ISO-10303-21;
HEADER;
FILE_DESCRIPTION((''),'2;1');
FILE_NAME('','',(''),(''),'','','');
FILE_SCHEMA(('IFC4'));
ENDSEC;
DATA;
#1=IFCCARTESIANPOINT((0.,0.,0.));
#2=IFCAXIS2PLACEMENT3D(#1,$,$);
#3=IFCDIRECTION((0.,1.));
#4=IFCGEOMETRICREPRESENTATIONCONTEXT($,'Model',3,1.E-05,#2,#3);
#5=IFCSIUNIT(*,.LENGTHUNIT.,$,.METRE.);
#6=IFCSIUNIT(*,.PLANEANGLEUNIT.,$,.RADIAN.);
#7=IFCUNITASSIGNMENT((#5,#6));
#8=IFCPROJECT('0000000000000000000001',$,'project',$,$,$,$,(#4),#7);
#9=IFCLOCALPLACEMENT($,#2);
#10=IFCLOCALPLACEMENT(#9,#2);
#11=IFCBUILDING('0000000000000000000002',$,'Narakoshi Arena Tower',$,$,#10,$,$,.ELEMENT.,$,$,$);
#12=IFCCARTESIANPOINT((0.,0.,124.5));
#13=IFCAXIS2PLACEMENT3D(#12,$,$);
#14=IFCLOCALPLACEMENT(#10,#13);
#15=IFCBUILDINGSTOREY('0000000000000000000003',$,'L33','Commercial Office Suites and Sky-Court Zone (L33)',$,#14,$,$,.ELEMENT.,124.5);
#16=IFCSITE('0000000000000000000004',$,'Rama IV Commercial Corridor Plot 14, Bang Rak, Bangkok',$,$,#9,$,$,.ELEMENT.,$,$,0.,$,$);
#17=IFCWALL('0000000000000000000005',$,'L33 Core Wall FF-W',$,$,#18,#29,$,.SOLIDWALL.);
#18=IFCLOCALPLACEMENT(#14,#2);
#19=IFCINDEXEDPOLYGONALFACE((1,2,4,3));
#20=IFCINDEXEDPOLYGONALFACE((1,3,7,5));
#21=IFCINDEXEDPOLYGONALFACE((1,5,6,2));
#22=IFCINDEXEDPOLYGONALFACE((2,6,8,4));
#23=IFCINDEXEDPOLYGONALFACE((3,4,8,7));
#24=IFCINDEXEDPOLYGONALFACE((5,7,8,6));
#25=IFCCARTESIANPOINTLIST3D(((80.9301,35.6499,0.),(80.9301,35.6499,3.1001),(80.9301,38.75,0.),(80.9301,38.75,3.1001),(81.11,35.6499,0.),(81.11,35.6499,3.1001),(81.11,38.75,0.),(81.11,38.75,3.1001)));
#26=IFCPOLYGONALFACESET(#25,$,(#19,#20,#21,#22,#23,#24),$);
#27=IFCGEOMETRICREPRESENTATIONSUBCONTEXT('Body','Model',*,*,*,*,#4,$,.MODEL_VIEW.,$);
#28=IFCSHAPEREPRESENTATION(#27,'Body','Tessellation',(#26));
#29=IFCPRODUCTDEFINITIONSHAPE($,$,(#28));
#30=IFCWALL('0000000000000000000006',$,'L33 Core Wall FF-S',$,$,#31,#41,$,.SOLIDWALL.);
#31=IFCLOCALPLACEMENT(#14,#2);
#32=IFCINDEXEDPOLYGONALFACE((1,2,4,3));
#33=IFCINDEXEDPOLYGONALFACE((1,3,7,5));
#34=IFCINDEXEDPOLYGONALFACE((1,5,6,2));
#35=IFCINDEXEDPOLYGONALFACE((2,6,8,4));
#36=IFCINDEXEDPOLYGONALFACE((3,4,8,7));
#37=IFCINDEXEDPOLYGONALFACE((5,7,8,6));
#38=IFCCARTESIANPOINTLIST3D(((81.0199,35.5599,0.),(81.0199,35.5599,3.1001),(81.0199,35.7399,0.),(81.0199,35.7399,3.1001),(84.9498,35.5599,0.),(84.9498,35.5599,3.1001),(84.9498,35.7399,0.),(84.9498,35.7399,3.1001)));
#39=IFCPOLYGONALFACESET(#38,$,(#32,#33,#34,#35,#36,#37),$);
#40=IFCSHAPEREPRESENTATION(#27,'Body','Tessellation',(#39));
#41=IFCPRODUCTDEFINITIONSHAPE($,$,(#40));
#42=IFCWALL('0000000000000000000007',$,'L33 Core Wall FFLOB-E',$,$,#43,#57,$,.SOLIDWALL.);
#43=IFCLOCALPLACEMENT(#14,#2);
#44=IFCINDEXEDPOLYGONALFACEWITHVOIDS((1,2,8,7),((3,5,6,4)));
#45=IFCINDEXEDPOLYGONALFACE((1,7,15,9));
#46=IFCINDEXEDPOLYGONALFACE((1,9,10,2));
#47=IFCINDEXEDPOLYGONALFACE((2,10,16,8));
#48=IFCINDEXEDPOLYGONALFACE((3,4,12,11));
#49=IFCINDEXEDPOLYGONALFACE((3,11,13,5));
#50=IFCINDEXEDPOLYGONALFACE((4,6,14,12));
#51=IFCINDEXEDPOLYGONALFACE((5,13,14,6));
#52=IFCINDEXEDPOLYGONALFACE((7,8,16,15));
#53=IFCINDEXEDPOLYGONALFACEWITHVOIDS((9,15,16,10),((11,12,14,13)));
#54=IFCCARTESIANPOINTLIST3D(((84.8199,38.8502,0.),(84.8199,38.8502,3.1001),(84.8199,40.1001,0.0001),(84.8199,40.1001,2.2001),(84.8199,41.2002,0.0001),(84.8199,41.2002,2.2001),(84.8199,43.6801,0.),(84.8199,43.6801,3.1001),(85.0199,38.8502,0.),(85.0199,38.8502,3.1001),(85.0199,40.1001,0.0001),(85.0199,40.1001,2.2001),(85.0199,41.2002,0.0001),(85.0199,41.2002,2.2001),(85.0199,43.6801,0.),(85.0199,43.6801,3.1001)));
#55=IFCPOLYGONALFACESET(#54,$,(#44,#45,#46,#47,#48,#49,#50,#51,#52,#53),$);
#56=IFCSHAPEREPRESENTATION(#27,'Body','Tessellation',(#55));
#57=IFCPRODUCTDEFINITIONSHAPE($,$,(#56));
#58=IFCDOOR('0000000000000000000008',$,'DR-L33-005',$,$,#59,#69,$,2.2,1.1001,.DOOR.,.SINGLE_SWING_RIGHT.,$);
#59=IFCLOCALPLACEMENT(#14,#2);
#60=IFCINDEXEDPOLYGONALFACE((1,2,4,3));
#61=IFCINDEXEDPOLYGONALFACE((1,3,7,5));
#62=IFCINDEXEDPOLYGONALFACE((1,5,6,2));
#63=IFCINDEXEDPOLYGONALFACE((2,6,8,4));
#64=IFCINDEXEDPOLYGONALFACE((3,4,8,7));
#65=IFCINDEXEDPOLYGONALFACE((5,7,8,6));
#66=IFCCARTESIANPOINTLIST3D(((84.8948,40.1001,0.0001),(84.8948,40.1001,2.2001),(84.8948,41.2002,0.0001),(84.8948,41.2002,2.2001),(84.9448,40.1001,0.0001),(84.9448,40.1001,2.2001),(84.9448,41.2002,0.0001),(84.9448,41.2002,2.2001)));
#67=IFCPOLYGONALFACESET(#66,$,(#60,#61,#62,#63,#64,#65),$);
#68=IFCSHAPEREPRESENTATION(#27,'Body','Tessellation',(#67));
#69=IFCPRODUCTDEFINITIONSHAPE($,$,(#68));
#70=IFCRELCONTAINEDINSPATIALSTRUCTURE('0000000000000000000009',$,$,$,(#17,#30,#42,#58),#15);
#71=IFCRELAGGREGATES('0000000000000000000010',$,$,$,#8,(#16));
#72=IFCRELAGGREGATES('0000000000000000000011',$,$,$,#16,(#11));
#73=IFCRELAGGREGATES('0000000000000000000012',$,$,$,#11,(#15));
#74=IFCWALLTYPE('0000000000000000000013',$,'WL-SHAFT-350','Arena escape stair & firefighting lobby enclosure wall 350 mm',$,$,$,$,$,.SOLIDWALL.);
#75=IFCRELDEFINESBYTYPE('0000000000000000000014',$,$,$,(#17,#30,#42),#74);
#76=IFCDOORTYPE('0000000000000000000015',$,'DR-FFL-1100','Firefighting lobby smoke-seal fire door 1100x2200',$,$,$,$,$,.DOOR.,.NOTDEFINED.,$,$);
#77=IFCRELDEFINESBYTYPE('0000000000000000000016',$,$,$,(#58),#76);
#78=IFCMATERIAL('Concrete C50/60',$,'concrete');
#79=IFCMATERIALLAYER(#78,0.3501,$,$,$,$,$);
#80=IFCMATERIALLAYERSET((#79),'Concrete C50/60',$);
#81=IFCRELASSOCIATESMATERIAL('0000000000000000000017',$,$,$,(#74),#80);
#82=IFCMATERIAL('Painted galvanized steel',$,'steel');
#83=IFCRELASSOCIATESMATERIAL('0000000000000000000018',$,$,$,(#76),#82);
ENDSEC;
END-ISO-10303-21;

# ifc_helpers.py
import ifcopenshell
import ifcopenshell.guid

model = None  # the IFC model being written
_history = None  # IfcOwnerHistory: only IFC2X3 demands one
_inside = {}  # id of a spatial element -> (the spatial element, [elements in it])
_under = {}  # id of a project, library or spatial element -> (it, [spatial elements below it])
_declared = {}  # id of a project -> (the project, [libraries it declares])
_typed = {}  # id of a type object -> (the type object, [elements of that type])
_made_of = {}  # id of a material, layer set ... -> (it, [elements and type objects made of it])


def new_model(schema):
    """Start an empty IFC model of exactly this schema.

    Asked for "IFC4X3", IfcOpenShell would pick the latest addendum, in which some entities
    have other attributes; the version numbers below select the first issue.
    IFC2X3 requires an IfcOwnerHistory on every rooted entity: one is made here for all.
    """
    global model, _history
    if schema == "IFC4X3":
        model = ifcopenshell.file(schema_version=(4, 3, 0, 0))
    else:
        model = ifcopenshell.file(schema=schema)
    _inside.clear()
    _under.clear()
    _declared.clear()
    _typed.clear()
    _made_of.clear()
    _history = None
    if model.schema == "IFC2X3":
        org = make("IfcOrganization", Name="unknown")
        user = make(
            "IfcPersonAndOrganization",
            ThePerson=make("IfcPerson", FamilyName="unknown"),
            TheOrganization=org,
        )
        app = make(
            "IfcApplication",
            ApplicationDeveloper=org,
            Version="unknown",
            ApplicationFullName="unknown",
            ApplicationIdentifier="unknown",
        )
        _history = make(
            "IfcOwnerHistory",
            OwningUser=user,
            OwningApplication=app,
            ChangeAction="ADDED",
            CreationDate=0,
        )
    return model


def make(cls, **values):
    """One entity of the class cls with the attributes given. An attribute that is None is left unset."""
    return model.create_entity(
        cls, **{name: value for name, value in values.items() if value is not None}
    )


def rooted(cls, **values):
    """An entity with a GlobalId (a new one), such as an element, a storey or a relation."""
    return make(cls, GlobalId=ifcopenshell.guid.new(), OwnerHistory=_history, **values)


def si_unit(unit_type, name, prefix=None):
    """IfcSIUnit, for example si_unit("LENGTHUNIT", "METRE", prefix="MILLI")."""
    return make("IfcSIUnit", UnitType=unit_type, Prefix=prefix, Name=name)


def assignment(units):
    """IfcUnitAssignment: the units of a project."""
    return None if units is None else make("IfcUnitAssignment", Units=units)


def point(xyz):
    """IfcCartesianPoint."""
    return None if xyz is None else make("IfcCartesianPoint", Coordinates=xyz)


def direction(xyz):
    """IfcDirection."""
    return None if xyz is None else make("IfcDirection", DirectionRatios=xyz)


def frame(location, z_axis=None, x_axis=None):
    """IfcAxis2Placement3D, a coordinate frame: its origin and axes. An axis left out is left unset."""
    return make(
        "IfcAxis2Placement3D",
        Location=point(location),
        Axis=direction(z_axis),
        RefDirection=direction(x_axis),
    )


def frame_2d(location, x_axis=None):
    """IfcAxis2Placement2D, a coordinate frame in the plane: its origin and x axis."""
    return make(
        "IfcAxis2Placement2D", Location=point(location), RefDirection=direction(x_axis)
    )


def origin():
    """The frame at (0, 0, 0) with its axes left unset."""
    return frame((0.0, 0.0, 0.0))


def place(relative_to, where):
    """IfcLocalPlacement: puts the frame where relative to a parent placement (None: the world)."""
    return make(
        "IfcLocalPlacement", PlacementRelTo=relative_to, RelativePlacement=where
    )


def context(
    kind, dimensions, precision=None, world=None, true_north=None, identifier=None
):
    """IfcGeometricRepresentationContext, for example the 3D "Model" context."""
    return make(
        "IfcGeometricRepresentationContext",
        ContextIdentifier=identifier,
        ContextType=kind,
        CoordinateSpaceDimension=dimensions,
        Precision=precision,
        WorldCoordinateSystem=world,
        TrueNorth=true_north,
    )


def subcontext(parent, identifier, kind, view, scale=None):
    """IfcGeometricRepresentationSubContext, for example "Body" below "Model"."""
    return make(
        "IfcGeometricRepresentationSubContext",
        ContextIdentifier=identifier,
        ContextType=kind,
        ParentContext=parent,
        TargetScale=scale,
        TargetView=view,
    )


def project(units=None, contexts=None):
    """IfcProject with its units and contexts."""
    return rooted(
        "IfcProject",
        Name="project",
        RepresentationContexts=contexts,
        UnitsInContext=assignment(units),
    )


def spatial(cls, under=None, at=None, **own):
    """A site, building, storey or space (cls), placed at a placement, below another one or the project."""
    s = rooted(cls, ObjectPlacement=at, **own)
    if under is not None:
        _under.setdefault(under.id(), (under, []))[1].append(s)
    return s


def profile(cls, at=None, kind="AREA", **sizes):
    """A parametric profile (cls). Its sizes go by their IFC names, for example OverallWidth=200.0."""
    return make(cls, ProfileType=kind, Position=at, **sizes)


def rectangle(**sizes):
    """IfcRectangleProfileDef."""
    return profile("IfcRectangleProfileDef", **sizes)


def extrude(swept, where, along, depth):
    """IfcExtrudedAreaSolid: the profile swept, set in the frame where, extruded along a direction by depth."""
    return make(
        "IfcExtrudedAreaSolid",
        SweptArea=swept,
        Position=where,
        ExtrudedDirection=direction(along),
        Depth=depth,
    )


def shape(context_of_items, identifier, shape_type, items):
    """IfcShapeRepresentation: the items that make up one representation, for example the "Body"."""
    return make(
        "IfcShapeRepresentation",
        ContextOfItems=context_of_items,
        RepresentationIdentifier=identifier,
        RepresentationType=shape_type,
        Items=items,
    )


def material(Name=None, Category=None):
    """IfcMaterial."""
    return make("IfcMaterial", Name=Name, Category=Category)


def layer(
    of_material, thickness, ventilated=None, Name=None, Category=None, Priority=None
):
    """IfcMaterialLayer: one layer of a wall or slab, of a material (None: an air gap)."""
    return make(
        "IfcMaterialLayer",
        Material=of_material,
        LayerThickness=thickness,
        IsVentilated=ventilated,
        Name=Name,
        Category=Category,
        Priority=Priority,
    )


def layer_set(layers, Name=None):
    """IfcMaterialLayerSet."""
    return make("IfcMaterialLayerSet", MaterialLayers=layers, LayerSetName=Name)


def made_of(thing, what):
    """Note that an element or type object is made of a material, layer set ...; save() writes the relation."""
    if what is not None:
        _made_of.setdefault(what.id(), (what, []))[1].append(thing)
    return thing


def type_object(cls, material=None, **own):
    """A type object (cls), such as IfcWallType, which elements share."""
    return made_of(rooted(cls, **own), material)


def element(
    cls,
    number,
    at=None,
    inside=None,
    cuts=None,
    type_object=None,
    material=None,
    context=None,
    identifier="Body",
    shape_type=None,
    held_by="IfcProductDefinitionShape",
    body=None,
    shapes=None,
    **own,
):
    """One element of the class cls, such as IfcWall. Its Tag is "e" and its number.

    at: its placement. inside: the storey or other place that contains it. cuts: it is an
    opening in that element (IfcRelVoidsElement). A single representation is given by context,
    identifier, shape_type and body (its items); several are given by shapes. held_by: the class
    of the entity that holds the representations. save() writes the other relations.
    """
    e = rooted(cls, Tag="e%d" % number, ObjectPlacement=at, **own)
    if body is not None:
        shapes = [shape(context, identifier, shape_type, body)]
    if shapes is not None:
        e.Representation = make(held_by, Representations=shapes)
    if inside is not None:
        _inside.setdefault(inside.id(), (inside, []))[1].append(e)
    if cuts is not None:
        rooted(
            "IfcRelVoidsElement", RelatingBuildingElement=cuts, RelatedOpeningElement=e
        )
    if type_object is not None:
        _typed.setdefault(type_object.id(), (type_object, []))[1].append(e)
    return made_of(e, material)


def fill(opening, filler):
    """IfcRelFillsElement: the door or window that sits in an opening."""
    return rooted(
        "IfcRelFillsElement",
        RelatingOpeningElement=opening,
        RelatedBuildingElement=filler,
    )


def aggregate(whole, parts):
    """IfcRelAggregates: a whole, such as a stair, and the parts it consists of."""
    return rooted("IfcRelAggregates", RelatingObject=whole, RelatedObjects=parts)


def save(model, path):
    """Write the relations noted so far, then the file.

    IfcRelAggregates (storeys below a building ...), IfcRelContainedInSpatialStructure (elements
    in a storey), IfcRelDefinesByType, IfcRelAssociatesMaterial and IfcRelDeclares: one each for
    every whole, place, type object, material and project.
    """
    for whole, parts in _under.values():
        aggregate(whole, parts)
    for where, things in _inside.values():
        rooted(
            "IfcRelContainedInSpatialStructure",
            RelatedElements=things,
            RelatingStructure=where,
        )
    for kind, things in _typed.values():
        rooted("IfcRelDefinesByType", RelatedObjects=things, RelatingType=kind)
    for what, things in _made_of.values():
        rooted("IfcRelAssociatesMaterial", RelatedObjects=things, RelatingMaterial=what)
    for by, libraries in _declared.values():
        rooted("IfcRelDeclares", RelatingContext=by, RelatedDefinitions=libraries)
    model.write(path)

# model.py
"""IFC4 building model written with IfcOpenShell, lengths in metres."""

from ifc_helpers import new_model, si_unit, direction, frame, frame_2d, origin, place, context, subcontext, project, spatial, rectangle, extrude, material, layer, layer_set, type_object, element, fill, save


model = new_model("IFC4")

# Units and contexts
model_context = context("Model", 3, precision=1e-05, world=origin(), true_north=direction((0.0, 1.0)))
body_context = subcontext(model_context, "Body", "Model", "MODEL_VIEW")
ifc_project = project(units=[si_unit("LENGTHUNIT", "METRE"), si_unit("PLANEANGLEUNIT", "RADIAN")], contexts=[model_context])

# Site, building, storey
site_placement = place(None, origin())
site = spatial("IfcSite", under=ifc_project, at=site_placement, Name="Rama IV Commercial Corridor Plot 14, Bang Rak, Bangkok", CompositionType="ELEMENT", RefElevation=0.0)
building_placement = place(site_placement, origin())
building = spatial("IfcBuilding", under=site, at=building_placement, Name="Narakoshi Arena Tower", CompositionType="ELEMENT")
storey_placement = place(building_placement, frame((0.0, 0.0, 124.5)))
storey = spatial("IfcBuildingStorey", under=building, at=storey_placement, Name="L33", Description="Commercial Office Suites and Sky-Court Zone (L33)", CompositionType="ELEMENT", Elevation=124.5)

# Shared definitions
ifc_material_1 = material(Name="Concrete C50/60", Category="concrete")
ifc_layer_1 = layer(ifc_material_1, 0.3501)
ifc_layer_set_1 = layer_set([ifc_layer_1], Name="Concrete C50/60")
wall_type_1 = type_object("IfcWallType", Name="WL-SHAFT-350", Description="Arena escape stair & firefighting lobby enclosure wall 350 mm", PredefinedType="SOLIDWALL", material=ifc_layer_set_1)

# Walls
for number, where, z_axis, x_axis, name in (
    (1, (81.02, 35.6499, 0.0), (0.0, 0.0, 1.0), (0.0, 1.0, 0.0), "L33 Core Wall FF-W"),
):
    element("IfcWall", number, at=place(storey_placement, frame(where, z_axis=z_axis, x_axis=x_axis)), inside=storey, type_object=wall_type_1, Name=name, PredefinedType="SOLIDWALL", context=body_context, shape_type="SweptSolid", body=[
        extrude(rectangle(XDim=3.1001, YDim=0.1799, at=frame_2d((1.55, 0.0))), origin(), (0.0, 0.0, 1.0), 3.1001),
    ])
wall_1_placement = place(storey_placement, frame((81.02, 35.6499, 0.0), z_axis=(0.0, 0.0, 1.0), x_axis=(1.0, 0.0, 0.0)))
element("IfcWall", 2, at=wall_1_placement, inside=storey, type_object=wall_type_1, Name="L33 Core Wall FF-S", PredefinedType="SOLIDWALL", context=body_context, shape_type="SweptSolid", body=[
    extrude(rectangle(XDim=3.9299, YDim=0.1799, at=frame_2d((1.9648, 0.0))), origin(), (0.0, 0.0, 1.0), 3.1001),
])

# Wall, opening, door
wall_2_placement = place(storey_placement, frame((84.9199, 38.8501, 0.0), z_axis=(0.0, 0.0, 1.0), x_axis=(0.0, 1.0, 0.0)))
wall_2 = element("IfcWall", 3, at=wall_2_placement, inside=storey, type_object=wall_type_1, Name="L33 Core Wall FFLOB-E", PredefinedType="SOLIDWALL", context=body_context, shape_type="SweptSolid", body=[
    extrude(rectangle(XDim=4.8298, YDim=0.2, at=frame_2d((2.415, 0.0))), origin(), (0.0, 0.0, 1.0), 3.1001),
])
opening_1_placement = place(wall_2_placement, frame((1.25, 0.0, 0.0)))
opening_1 = element("IfcOpeningElement", 4, at=opening_1_placement, cuts=wall_2, PredefinedType="OPENING", context=body_context, shape_type="SweptSolid", body=[
    extrude(rectangle(XDim=1.1001, YDim=2.2, at=frame_2d((0.55, 1.1001))), frame((0.0, 0.1099, 0.0), z_axis=(0.0, -1.0, 0.0), x_axis=(1.0, 0.0, 0.0)), (0.0, 0.0, 1.0), 0.22),
])
ifc_material_2 = material(Name="Painted galvanized steel", Category="steel")
door_type_1 = type_object("IfcDoorType", Name="DR-FFL-1100", Description="Firefighting lobby smoke-seal fire door 1100x2200", OperationType="NOTDEFINED", PredefinedType="DOOR", material=ifc_material_2)
door_1_placement = place(opening_1_placement, frame((1.1001, 0.0, 0.0), z_axis=(0.0, 0.0, 1.0), x_axis=(-1.0, 0.0, 0.0)))
door_1 = element("IfcDoor", 5, at=door_1_placement, inside=storey, type_object=door_type_1, Name="DR-L33-005", OperationType="SINGLE_SWING_RIGHT", OverallHeight=2.2, OverallWidth=1.1001, PredefinedType="DOOR", context=body_context, shape_type="SweptSolid", body=[
    extrude(rectangle(XDim=1.1001, YDim=2.2, at=frame_2d((0.55, 1.1001))), frame((0.0, 0.0249, 0.0), z_axis=(0.0, -1.0, 0.0), x_axis=(1.0, 0.0, 0.0)), (0.0, 0.0, 1.0), 0.05),
])
fill(opening_1, door_1)

save(model, "model.ifc")
